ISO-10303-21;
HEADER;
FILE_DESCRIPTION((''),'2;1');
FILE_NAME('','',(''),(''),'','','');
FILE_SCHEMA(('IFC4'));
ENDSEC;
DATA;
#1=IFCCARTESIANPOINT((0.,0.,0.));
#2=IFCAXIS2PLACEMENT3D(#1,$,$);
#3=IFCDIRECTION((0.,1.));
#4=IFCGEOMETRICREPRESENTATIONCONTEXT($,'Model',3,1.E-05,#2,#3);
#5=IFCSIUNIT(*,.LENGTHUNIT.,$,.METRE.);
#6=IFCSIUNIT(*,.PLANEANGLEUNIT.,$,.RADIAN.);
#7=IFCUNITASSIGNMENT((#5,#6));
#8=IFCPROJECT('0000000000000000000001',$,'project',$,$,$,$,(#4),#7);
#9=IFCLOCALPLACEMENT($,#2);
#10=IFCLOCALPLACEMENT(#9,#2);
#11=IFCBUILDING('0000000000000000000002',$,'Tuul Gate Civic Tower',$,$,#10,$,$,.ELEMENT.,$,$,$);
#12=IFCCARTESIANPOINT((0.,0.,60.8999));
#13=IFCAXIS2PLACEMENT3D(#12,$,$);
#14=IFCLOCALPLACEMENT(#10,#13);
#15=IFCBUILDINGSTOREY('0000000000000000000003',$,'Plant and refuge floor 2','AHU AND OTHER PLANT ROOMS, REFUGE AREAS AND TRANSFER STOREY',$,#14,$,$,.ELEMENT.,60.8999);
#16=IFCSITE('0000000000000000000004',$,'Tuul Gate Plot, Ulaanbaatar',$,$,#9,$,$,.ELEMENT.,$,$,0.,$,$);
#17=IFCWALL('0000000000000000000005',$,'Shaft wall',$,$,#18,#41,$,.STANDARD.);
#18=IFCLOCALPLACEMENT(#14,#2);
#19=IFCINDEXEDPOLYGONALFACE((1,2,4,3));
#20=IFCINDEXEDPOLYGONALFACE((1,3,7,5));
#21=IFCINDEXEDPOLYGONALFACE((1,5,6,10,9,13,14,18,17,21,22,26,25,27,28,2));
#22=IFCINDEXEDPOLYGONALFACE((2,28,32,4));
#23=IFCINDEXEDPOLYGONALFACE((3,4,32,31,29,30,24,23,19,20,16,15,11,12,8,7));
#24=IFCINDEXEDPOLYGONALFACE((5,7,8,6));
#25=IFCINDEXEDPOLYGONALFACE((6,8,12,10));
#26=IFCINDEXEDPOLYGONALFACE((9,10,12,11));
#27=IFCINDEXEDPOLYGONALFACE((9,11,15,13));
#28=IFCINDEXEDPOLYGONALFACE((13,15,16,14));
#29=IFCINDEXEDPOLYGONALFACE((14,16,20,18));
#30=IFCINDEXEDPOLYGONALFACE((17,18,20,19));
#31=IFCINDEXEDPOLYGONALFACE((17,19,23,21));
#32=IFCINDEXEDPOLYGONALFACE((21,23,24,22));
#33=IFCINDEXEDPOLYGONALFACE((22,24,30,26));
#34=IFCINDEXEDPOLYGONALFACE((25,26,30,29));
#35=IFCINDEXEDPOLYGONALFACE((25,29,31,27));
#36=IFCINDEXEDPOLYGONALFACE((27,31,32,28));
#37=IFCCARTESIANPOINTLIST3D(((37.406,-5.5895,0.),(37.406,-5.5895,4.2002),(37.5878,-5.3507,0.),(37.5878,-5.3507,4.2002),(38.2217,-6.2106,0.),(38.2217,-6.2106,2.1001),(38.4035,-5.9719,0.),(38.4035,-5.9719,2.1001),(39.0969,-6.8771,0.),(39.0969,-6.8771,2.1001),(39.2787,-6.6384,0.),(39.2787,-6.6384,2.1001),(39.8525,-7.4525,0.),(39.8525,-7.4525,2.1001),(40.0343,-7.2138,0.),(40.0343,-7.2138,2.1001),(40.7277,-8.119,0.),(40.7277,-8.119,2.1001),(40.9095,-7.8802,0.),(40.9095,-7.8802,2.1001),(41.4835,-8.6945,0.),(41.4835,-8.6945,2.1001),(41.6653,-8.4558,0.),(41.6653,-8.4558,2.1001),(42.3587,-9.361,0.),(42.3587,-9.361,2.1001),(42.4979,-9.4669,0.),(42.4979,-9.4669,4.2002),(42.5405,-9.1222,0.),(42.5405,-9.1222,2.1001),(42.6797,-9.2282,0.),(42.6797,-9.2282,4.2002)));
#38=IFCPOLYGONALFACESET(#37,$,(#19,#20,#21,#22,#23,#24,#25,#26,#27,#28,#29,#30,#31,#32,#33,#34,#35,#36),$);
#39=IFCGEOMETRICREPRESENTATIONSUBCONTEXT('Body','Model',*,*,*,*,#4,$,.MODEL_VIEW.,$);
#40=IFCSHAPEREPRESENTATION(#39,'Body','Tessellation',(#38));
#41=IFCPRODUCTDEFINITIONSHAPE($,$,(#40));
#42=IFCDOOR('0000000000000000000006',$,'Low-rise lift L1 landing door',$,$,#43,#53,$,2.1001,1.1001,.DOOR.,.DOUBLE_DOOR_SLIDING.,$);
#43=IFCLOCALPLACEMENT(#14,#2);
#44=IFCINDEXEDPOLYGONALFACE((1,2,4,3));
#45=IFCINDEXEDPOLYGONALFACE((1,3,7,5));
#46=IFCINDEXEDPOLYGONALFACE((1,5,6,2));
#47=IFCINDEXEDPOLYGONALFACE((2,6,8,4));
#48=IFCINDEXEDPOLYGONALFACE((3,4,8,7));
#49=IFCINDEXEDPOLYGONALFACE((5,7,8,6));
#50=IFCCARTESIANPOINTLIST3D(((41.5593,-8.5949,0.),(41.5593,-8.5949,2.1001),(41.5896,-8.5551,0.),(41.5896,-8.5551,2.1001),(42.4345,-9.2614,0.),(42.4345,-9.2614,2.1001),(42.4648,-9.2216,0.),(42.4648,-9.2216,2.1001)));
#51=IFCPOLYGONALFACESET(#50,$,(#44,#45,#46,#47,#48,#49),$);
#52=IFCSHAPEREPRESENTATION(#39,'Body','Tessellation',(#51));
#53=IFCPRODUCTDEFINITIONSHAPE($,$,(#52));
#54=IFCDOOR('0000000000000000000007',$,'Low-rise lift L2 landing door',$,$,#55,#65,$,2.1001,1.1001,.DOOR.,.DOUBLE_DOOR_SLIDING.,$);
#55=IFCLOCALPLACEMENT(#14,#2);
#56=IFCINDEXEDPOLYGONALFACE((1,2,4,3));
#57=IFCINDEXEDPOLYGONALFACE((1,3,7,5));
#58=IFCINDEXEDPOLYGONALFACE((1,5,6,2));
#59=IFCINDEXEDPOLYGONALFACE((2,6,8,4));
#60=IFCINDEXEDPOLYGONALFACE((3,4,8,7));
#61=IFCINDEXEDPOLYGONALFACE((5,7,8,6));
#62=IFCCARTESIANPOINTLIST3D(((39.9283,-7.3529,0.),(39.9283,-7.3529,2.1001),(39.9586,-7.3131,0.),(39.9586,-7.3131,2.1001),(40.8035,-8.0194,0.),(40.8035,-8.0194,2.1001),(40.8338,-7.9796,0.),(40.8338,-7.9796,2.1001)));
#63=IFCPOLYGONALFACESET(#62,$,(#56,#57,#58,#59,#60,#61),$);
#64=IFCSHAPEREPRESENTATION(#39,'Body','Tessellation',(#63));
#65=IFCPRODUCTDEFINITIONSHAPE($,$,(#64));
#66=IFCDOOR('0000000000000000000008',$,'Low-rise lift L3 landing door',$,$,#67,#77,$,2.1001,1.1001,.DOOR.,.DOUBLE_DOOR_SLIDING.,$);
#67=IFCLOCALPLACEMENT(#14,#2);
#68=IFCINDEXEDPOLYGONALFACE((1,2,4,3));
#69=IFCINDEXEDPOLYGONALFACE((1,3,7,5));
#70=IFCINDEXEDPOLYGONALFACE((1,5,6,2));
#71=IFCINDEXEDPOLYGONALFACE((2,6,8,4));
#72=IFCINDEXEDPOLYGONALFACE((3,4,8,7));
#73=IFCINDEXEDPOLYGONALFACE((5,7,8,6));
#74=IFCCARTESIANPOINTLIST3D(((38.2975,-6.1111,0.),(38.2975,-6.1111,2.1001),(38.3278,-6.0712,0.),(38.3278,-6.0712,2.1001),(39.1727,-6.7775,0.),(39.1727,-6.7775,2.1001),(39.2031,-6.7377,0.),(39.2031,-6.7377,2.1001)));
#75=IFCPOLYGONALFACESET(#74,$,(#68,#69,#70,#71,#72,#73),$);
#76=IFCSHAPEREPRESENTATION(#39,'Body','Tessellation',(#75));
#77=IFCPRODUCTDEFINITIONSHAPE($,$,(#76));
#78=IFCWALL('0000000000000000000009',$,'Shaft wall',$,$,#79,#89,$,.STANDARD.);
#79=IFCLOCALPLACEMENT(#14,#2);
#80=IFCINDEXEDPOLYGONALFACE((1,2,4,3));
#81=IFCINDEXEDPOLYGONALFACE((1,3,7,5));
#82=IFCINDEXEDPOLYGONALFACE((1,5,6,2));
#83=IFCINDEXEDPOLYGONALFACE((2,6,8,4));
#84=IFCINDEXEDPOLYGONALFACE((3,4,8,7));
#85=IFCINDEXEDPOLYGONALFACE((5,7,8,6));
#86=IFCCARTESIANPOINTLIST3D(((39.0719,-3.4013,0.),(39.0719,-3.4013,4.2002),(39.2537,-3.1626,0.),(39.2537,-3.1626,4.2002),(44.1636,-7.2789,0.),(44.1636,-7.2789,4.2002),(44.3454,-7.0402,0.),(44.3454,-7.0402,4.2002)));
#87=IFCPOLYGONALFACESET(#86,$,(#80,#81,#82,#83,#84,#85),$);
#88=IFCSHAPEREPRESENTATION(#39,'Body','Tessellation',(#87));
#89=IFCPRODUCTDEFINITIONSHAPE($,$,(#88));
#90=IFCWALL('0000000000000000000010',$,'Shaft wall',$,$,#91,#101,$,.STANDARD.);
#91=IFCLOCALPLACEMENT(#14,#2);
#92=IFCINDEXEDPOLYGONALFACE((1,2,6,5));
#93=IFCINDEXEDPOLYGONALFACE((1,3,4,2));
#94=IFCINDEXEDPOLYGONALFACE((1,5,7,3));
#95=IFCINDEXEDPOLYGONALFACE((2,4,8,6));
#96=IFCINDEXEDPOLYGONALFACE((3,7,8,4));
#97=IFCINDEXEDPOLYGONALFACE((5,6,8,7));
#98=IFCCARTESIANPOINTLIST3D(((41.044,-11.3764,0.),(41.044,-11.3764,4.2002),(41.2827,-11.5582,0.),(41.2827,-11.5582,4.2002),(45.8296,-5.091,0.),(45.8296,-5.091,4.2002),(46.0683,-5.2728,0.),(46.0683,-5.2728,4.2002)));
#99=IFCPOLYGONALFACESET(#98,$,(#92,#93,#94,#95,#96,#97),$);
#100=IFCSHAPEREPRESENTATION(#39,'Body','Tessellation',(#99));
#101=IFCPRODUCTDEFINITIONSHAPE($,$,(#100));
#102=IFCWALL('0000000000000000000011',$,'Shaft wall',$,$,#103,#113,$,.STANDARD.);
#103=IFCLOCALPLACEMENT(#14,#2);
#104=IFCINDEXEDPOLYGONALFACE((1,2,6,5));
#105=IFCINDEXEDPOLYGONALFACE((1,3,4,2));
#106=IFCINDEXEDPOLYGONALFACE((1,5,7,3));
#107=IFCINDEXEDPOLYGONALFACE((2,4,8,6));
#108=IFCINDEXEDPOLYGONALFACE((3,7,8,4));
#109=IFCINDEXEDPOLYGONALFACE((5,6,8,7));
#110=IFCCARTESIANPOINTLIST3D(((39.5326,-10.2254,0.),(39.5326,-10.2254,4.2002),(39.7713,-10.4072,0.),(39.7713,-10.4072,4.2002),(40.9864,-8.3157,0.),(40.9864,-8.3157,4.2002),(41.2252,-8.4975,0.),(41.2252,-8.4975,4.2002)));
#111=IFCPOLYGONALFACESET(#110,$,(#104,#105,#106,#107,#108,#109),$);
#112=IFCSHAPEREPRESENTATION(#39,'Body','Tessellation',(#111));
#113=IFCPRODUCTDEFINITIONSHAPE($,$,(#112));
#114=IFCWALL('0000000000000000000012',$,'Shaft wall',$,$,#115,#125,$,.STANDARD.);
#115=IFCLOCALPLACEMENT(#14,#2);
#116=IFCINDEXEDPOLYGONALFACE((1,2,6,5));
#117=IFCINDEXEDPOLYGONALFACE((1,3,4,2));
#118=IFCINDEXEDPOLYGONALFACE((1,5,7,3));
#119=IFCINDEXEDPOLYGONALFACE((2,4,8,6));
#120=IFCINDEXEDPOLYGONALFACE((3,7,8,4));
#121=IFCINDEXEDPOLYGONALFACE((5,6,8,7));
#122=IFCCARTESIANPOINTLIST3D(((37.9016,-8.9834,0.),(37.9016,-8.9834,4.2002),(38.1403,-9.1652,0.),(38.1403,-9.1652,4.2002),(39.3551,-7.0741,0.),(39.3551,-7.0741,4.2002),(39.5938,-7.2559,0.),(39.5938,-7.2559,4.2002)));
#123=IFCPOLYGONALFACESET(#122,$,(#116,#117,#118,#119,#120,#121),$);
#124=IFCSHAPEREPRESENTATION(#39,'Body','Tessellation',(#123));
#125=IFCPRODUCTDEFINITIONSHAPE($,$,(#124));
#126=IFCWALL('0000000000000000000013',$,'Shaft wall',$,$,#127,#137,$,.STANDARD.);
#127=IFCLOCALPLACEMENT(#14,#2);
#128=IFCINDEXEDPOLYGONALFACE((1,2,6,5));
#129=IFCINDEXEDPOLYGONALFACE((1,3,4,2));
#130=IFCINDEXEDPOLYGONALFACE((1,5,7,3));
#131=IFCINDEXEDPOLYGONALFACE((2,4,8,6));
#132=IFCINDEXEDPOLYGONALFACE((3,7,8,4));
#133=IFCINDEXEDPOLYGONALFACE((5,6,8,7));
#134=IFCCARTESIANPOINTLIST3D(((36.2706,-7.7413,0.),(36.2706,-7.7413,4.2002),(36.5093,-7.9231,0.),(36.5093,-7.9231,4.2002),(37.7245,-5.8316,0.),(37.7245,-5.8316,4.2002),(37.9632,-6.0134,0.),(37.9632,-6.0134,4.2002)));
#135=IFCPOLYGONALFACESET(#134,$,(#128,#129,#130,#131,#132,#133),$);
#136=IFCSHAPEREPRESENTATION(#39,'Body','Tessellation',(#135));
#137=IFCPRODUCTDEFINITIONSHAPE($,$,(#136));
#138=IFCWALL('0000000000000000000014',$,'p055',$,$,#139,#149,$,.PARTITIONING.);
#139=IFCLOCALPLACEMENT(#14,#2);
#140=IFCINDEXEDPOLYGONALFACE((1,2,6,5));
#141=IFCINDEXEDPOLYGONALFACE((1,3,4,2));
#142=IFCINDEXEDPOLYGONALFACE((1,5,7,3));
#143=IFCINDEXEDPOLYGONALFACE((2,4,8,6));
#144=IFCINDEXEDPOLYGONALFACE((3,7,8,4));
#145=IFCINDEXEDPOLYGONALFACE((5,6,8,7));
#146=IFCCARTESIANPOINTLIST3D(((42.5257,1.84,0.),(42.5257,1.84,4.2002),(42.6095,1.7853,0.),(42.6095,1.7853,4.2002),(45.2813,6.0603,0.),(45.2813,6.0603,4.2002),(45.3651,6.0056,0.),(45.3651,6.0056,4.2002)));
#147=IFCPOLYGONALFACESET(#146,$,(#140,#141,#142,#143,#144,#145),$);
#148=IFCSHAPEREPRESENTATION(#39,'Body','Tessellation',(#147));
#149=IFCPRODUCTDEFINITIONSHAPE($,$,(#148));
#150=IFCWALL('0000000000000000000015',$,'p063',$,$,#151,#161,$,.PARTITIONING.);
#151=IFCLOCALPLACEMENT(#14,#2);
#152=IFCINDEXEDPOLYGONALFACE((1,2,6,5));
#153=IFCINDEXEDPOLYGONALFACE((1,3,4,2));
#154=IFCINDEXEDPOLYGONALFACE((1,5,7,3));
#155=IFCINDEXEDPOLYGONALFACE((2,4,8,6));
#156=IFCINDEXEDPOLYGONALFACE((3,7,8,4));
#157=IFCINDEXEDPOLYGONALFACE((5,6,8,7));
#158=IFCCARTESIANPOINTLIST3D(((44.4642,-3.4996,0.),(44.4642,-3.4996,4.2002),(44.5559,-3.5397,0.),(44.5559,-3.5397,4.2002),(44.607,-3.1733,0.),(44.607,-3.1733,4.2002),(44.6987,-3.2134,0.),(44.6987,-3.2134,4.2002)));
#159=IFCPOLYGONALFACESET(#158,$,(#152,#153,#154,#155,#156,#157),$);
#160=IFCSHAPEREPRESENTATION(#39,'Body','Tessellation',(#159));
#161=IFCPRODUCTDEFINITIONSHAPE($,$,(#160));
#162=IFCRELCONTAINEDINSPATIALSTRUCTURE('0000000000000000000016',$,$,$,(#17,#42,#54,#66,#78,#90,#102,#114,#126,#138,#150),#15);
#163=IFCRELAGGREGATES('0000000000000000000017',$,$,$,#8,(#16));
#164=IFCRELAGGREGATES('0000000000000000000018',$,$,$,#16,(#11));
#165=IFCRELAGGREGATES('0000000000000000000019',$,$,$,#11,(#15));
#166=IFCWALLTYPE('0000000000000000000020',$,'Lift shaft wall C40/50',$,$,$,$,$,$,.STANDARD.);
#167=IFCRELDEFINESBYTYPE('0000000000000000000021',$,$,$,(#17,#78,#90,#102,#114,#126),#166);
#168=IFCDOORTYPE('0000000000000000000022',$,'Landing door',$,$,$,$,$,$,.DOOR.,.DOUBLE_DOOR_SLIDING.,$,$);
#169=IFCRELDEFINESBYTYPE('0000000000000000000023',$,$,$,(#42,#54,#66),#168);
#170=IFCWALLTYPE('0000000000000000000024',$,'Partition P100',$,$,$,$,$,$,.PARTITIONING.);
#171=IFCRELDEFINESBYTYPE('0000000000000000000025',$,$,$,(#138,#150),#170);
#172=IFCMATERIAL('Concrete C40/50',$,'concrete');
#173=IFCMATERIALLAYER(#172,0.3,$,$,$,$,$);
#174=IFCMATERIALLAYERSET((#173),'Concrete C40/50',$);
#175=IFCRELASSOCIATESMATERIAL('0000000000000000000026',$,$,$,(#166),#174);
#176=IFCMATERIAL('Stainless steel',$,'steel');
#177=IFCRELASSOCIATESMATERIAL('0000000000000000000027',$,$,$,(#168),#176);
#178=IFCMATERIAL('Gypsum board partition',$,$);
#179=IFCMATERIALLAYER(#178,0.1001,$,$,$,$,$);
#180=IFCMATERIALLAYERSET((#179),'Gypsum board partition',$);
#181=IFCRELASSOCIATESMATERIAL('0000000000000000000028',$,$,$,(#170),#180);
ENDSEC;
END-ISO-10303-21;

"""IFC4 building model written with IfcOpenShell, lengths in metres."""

from ifc_helpers import new_model, si_unit, direction, frame, frame_2d, origin, place, context, subcontext, project, spatial, rectangle, extrude, material, layer, layer_set, type_object, element, fill, save


model = new_model("IFC4")

# Units and contexts
model_context = context("Model", 3, precision=1e-05, world=origin(), true_north=direction((0.0, 1.0)))
body_context = subcontext(model_context, "Body", "Model", "MODEL_VIEW")
ifc_project = project(units=[si_unit("LENGTHUNIT", "METRE"), si_unit("PLANEANGLEUNIT", "RADIAN")], contexts=[model_context])

# Site, building, storey
site_placement = place(None, origin())
site = spatial("IfcSite", under=ifc_project, at=site_placement, Name="Tuul Gate Plot, Ulaanbaatar", CompositionType="ELEMENT", RefElevation=0.0)
building_placement = place(site_placement, origin())
building = spatial("IfcBuilding", under=site, at=building_placement, Name="Tuul Gate Civic Tower", CompositionType="ELEMENT")
storey_placement = place(building_placement, frame((0.0, 0.0, 60.8999)))
storey = spatial("IfcBuildingStorey", under=building, at=storey_placement, Name="Plant and refuge floor 2", Description="AHU AND OTHER PLANT ROOMS, REFUGE AREAS AND TRANSFER STOREY", CompositionType="ELEMENT", Elevation=60.8999)

# Shared definitions
ifc_material_1 = material(Name="Concrete C40/50", Category="concrete")
ifc_layer_1 = layer(ifc_material_1, 0.3)
ifc_layer_set_1 = layer_set([ifc_layer_1], Name="Concrete C40/50")
wall_type_1 = type_object("IfcWallType", Name="Lift shaft wall C40/50", PredefinedType="STANDARD", material=ifc_layer_set_1)

# Wall, openings, doors
wall_1_placement = place(storey_placement, frame((42.5889, -9.3477, 0.0), z_axis=(0.0, 0.0, 1.0), x_axis=(-0.795584, 0.605843, 0.0)))
wall_1 = element("IfcWall", 1, at=wall_1_placement, inside=storey, type_object=wall_type_1, Name="Shaft wall", PredefinedType="STANDARD", context=body_context, shape_type="SweptSolid", body=[
    extrude(rectangle(XDim=6.4001, YDim=0.3, at=frame_2d((3.2002, 0.0))), origin(), (0.0, 0.0, 1.0), 4.2002),
])
opening_1_placement = place(wall_1_placement, frame((0.175, 0.0, 0.0)))
opening_1 = element("IfcOpeningElement", 2, at=opening_1_placement, cuts=wall_1, PredefinedType="OPENING", context=body_context, shape_type="SweptSolid", body=[
    extrude(rectangle(XDim=1.1001, YDim=2.1001, at=frame_2d((0.55, 1.05))), frame((0.0, 0.1602, 0.0), z_axis=(0.0, -1.0, 0.0), x_axis=(1.0, 0.0, 0.0)), (0.0, 0.0, 1.0), 0.3201),
])
opening_2_placement = place(wall_1_placement, frame((2.2251, 0.0, 0.0)))
opening_2 = element("IfcOpeningElement", 3, at=opening_2_placement, cuts=wall_1, PredefinedType="OPENING", context=body_context, shape_type="SweptSolid", body=[
    extrude(rectangle(XDim=1.1001, YDim=2.1001, at=frame_2d((0.55, 1.05))), frame((0.0, 0.1602, 0.0), z_axis=(0.0, -1.0, 0.0), x_axis=(1.0, 0.0, 0.0)), (0.0, 0.0, 1.0), 0.3201),
])
opening_3_placement = place(wall_1_placement, frame((4.2749, 0.0, 0.0)))
opening_3 = element("IfcOpeningElement", 4, at=opening_3_placement, cuts=wall_1, PredefinedType="OPENING", context=body_context, shape_type="SweptSolid", body=[
    extrude(rectangle(XDim=1.1001, YDim=2.1001, at=frame_2d((0.55, 1.05))), frame((0.0, 0.1602, 0.0), z_axis=(0.0, -1.0, 0.0), x_axis=(1.0, 0.0, 0.0)), (0.0, 0.0, 1.0), 0.3201),
])
ifc_material_2 = material(Name="Stainless steel", Category="steel")
door_type_1 = type_object("IfcDoorType", Name="Landing door", OperationType="DOUBLE_DOOR_SLIDING", PredefinedType="DOOR", material=ifc_material_2)
door_1_placement = place(opening_1_placement, origin())
door_1 = element("IfcDoor", 5, at=door_1_placement, inside=storey, type_object=door_type_1, Name="Low-rise lift L1 landing door", OperationType="DOUBLE_DOOR_SLIDING", OverallHeight=2.1001, OverallWidth=1.1001, PredefinedType="DOOR", context=body_context, shape_type="SweptSolid", body=[
    extrude(rectangle(XDim=1.1001, YDim=2.1001, at=frame_2d((0.55, 1.05))), frame((0.0, 0.0249, 0.0), z_axis=(0.0, -1.0, 0.0), x_axis=(1.0, 0.0, 0.0)), (0.0, 0.0, 1.0), 0.05),
])
fill(opening_1, door_1)
door_2_placement = place(opening_2_placement, origin())
door_2 = element("IfcDoor", 6, at=door_2_placement, inside=storey, type_object=door_type_1, Name="Low-rise lift L2 landing door", OperationType="DOUBLE_DOOR_SLIDING", OverallHeight=2.1001, OverallWidth=1.1001, PredefinedType="DOOR", context=body_context, shape_type="SweptSolid", body=[
    extrude(rectangle(XDim=1.1001, YDim=2.1001, at=frame_2d((0.55, 1.05))), frame((0.0, 0.0249, 0.0), z_axis=(0.0, -1.0, 0.0), x_axis=(1.0, 0.0, 0.0)), (0.0, 0.0, 1.0), 0.05),
])
fill(opening_2, door_2)
door_3_placement = place(opening_3_placement, origin())
door_3 = element("IfcDoor", 7, at=door_3_placement, inside=storey, type_object=door_type_1, Name="Low-rise lift L3 landing door", OperationType="DOUBLE_DOOR_SLIDING", OverallHeight=2.1001, OverallWidth=1.1001, PredefinedType="DOOR", context=body_context, shape_type="SweptSolid", body=[
    extrude(rectangle(XDim=1.1001, YDim=2.1001, at=frame_2d((0.55, 1.05))), frame((0.0, 0.0249, 0.0), z_axis=(0.0, -1.0, 0.0), x_axis=(1.0, 0.0, 0.0)), (0.0, 0.0, 1.0), 0.05),
])
fill(opening_3, door_3)

# Walls
wall_2_placement = place(storey_placement, frame((44.2546, -7.1597, 0.0), z_axis=(0.0, 0.0, 1.0), x_axis=(-0.795566, 0.605867, 0.0)))
element("IfcWall", 8, at=wall_2_placement, inside=storey, type_object=wall_type_1, Name="Shaft wall", PredefinedType="STANDARD", context=body_context, shape_type="SweptSolid", body=[
    extrude(rectangle(XDim=6.4001, YDim=0.3, at=frame_2d((3.2002, 0.0))), origin(), (0.0, 0.0, 1.0), 4.2002),
])
wall_3_placement = place(storey_placement, frame((41.1633, -11.4673, 0.0), z_axis=(0.0, 0.0, 1.0), x_axis=(0.605784, 0.795629, 0.0)))
element("IfcWall", 9, at=wall_3_placement, inside=storey, type_object=wall_type_1, Name="Shaft wall", PredefinedType="STANDARD", context=body_context, shape_type="SweptSolid", body=[
    extrude(rectangle(XDim=7.8999, YDim=0.3, at=frame_2d((3.95, 0.0))), origin(), (0.0, 0.0, 1.0), 4.2002),
])
wall_4_placement = place(storey_placement, frame((39.6519, -10.3164, 0.0), z_axis=(0.0, 0.0, 1.0), x_axis=(0.605746, 0.795658, 0.0)))
element("IfcWall", 10, at=wall_4_placement, inside=storey, type_object=wall_type_1, Name="Shaft wall", PredefinedType="STANDARD", context=body_context, shape_type="SweptSolid", body=[
    extrude(rectangle(XDim=2.4001, YDim=0.3, at=frame_2d((1.2002, 0.0))), origin(), (0.0, 0.0, 1.0), 4.2002),
])
wall_5_placement = place(storey_placement, frame((38.021, -9.0742, 0.0), z_axis=(0.0, 0.0, 1.0), x_axis=(0.605731, 0.79567, 0.0)))
element("IfcWall", 11, at=wall_5_placement, inside=storey, type_object=wall_type_1, Name="Shaft wall", PredefinedType="STANDARD", context=body_context, shape_type="SweptSolid", body=[
    extrude(rectangle(XDim=2.3997, YDim=0.3, at=frame_2d((1.1997, 0.0))), origin(), (0.0, 0.0, 1.0), 4.2002),
])
wall_6_placement = place(storey_placement, frame((36.3899, -7.8323, 0.0), z_axis=(0.0, 0.0, 1.0), x_axis=(0.605746, 0.795658, 0.0)))
element("IfcWall", 12, at=wall_6_placement, inside=storey, type_object=wall_type_1, Name="Shaft wall", PredefinedType="STANDARD", context=body_context, shape_type="SweptSolid", body=[
    extrude(rectangle(XDim=2.4001, YDim=0.3, at=frame_2d((1.2002, 0.0))), origin(), (0.0, 0.0, 1.0), 4.2002),
])
ifc_material_3 = material(Name="Gypsum board partition")
ifc_layer_2 = layer(ifc_material_3, 0.1001)
ifc_layer_set_2 = layer_set([ifc_layer_2], Name="Gypsum board partition")
wall_type_2 = type_object("IfcWallType", Name="Partition P100", PredefinedType="PARTITIONING", material=ifc_layer_set_2)
wall_7_placement = place(storey_placement, frame((42.5676, 1.8127, 0.0), z_axis=(0.0, 0.0, 1.0), x_axis=(0.546727, 0.837311, 0.0)))
element("IfcWall", 13, at=wall_7_placement, inside=storey, type_object=wall_type_2, Name="p055", PredefinedType="PARTITIONING", context=body_context, shape_type="SweptSolid", body=[
    extrude(rectangle(XDim=5.0403, YDim=0.1001, at=frame_2d((2.52, 0.0))), origin(), (0.0, 0.0, 1.0), 4.2002),
])
wall_8_placement = place(storey_placement, frame((44.51, -3.5198, 0.0), z_axis=(0.0, 0.0, 1.0), x_axis=(0.400855, 0.916142, 0.0)))
element("IfcWall", 14, at=wall_8_placement, inside=storey, type_object=wall_type_2, Name="p063", PredefinedType="PARTITIONING", context=body_context, shape_type="SweptSolid", body=[
    extrude(rectangle(XDim=0.3562, YDim=0.1001, at=frame_2d((0.1782, 0.0))), origin(), (0.0, 0.0, 1.0), 4.2002),
])

save(model, "model.ifc")
